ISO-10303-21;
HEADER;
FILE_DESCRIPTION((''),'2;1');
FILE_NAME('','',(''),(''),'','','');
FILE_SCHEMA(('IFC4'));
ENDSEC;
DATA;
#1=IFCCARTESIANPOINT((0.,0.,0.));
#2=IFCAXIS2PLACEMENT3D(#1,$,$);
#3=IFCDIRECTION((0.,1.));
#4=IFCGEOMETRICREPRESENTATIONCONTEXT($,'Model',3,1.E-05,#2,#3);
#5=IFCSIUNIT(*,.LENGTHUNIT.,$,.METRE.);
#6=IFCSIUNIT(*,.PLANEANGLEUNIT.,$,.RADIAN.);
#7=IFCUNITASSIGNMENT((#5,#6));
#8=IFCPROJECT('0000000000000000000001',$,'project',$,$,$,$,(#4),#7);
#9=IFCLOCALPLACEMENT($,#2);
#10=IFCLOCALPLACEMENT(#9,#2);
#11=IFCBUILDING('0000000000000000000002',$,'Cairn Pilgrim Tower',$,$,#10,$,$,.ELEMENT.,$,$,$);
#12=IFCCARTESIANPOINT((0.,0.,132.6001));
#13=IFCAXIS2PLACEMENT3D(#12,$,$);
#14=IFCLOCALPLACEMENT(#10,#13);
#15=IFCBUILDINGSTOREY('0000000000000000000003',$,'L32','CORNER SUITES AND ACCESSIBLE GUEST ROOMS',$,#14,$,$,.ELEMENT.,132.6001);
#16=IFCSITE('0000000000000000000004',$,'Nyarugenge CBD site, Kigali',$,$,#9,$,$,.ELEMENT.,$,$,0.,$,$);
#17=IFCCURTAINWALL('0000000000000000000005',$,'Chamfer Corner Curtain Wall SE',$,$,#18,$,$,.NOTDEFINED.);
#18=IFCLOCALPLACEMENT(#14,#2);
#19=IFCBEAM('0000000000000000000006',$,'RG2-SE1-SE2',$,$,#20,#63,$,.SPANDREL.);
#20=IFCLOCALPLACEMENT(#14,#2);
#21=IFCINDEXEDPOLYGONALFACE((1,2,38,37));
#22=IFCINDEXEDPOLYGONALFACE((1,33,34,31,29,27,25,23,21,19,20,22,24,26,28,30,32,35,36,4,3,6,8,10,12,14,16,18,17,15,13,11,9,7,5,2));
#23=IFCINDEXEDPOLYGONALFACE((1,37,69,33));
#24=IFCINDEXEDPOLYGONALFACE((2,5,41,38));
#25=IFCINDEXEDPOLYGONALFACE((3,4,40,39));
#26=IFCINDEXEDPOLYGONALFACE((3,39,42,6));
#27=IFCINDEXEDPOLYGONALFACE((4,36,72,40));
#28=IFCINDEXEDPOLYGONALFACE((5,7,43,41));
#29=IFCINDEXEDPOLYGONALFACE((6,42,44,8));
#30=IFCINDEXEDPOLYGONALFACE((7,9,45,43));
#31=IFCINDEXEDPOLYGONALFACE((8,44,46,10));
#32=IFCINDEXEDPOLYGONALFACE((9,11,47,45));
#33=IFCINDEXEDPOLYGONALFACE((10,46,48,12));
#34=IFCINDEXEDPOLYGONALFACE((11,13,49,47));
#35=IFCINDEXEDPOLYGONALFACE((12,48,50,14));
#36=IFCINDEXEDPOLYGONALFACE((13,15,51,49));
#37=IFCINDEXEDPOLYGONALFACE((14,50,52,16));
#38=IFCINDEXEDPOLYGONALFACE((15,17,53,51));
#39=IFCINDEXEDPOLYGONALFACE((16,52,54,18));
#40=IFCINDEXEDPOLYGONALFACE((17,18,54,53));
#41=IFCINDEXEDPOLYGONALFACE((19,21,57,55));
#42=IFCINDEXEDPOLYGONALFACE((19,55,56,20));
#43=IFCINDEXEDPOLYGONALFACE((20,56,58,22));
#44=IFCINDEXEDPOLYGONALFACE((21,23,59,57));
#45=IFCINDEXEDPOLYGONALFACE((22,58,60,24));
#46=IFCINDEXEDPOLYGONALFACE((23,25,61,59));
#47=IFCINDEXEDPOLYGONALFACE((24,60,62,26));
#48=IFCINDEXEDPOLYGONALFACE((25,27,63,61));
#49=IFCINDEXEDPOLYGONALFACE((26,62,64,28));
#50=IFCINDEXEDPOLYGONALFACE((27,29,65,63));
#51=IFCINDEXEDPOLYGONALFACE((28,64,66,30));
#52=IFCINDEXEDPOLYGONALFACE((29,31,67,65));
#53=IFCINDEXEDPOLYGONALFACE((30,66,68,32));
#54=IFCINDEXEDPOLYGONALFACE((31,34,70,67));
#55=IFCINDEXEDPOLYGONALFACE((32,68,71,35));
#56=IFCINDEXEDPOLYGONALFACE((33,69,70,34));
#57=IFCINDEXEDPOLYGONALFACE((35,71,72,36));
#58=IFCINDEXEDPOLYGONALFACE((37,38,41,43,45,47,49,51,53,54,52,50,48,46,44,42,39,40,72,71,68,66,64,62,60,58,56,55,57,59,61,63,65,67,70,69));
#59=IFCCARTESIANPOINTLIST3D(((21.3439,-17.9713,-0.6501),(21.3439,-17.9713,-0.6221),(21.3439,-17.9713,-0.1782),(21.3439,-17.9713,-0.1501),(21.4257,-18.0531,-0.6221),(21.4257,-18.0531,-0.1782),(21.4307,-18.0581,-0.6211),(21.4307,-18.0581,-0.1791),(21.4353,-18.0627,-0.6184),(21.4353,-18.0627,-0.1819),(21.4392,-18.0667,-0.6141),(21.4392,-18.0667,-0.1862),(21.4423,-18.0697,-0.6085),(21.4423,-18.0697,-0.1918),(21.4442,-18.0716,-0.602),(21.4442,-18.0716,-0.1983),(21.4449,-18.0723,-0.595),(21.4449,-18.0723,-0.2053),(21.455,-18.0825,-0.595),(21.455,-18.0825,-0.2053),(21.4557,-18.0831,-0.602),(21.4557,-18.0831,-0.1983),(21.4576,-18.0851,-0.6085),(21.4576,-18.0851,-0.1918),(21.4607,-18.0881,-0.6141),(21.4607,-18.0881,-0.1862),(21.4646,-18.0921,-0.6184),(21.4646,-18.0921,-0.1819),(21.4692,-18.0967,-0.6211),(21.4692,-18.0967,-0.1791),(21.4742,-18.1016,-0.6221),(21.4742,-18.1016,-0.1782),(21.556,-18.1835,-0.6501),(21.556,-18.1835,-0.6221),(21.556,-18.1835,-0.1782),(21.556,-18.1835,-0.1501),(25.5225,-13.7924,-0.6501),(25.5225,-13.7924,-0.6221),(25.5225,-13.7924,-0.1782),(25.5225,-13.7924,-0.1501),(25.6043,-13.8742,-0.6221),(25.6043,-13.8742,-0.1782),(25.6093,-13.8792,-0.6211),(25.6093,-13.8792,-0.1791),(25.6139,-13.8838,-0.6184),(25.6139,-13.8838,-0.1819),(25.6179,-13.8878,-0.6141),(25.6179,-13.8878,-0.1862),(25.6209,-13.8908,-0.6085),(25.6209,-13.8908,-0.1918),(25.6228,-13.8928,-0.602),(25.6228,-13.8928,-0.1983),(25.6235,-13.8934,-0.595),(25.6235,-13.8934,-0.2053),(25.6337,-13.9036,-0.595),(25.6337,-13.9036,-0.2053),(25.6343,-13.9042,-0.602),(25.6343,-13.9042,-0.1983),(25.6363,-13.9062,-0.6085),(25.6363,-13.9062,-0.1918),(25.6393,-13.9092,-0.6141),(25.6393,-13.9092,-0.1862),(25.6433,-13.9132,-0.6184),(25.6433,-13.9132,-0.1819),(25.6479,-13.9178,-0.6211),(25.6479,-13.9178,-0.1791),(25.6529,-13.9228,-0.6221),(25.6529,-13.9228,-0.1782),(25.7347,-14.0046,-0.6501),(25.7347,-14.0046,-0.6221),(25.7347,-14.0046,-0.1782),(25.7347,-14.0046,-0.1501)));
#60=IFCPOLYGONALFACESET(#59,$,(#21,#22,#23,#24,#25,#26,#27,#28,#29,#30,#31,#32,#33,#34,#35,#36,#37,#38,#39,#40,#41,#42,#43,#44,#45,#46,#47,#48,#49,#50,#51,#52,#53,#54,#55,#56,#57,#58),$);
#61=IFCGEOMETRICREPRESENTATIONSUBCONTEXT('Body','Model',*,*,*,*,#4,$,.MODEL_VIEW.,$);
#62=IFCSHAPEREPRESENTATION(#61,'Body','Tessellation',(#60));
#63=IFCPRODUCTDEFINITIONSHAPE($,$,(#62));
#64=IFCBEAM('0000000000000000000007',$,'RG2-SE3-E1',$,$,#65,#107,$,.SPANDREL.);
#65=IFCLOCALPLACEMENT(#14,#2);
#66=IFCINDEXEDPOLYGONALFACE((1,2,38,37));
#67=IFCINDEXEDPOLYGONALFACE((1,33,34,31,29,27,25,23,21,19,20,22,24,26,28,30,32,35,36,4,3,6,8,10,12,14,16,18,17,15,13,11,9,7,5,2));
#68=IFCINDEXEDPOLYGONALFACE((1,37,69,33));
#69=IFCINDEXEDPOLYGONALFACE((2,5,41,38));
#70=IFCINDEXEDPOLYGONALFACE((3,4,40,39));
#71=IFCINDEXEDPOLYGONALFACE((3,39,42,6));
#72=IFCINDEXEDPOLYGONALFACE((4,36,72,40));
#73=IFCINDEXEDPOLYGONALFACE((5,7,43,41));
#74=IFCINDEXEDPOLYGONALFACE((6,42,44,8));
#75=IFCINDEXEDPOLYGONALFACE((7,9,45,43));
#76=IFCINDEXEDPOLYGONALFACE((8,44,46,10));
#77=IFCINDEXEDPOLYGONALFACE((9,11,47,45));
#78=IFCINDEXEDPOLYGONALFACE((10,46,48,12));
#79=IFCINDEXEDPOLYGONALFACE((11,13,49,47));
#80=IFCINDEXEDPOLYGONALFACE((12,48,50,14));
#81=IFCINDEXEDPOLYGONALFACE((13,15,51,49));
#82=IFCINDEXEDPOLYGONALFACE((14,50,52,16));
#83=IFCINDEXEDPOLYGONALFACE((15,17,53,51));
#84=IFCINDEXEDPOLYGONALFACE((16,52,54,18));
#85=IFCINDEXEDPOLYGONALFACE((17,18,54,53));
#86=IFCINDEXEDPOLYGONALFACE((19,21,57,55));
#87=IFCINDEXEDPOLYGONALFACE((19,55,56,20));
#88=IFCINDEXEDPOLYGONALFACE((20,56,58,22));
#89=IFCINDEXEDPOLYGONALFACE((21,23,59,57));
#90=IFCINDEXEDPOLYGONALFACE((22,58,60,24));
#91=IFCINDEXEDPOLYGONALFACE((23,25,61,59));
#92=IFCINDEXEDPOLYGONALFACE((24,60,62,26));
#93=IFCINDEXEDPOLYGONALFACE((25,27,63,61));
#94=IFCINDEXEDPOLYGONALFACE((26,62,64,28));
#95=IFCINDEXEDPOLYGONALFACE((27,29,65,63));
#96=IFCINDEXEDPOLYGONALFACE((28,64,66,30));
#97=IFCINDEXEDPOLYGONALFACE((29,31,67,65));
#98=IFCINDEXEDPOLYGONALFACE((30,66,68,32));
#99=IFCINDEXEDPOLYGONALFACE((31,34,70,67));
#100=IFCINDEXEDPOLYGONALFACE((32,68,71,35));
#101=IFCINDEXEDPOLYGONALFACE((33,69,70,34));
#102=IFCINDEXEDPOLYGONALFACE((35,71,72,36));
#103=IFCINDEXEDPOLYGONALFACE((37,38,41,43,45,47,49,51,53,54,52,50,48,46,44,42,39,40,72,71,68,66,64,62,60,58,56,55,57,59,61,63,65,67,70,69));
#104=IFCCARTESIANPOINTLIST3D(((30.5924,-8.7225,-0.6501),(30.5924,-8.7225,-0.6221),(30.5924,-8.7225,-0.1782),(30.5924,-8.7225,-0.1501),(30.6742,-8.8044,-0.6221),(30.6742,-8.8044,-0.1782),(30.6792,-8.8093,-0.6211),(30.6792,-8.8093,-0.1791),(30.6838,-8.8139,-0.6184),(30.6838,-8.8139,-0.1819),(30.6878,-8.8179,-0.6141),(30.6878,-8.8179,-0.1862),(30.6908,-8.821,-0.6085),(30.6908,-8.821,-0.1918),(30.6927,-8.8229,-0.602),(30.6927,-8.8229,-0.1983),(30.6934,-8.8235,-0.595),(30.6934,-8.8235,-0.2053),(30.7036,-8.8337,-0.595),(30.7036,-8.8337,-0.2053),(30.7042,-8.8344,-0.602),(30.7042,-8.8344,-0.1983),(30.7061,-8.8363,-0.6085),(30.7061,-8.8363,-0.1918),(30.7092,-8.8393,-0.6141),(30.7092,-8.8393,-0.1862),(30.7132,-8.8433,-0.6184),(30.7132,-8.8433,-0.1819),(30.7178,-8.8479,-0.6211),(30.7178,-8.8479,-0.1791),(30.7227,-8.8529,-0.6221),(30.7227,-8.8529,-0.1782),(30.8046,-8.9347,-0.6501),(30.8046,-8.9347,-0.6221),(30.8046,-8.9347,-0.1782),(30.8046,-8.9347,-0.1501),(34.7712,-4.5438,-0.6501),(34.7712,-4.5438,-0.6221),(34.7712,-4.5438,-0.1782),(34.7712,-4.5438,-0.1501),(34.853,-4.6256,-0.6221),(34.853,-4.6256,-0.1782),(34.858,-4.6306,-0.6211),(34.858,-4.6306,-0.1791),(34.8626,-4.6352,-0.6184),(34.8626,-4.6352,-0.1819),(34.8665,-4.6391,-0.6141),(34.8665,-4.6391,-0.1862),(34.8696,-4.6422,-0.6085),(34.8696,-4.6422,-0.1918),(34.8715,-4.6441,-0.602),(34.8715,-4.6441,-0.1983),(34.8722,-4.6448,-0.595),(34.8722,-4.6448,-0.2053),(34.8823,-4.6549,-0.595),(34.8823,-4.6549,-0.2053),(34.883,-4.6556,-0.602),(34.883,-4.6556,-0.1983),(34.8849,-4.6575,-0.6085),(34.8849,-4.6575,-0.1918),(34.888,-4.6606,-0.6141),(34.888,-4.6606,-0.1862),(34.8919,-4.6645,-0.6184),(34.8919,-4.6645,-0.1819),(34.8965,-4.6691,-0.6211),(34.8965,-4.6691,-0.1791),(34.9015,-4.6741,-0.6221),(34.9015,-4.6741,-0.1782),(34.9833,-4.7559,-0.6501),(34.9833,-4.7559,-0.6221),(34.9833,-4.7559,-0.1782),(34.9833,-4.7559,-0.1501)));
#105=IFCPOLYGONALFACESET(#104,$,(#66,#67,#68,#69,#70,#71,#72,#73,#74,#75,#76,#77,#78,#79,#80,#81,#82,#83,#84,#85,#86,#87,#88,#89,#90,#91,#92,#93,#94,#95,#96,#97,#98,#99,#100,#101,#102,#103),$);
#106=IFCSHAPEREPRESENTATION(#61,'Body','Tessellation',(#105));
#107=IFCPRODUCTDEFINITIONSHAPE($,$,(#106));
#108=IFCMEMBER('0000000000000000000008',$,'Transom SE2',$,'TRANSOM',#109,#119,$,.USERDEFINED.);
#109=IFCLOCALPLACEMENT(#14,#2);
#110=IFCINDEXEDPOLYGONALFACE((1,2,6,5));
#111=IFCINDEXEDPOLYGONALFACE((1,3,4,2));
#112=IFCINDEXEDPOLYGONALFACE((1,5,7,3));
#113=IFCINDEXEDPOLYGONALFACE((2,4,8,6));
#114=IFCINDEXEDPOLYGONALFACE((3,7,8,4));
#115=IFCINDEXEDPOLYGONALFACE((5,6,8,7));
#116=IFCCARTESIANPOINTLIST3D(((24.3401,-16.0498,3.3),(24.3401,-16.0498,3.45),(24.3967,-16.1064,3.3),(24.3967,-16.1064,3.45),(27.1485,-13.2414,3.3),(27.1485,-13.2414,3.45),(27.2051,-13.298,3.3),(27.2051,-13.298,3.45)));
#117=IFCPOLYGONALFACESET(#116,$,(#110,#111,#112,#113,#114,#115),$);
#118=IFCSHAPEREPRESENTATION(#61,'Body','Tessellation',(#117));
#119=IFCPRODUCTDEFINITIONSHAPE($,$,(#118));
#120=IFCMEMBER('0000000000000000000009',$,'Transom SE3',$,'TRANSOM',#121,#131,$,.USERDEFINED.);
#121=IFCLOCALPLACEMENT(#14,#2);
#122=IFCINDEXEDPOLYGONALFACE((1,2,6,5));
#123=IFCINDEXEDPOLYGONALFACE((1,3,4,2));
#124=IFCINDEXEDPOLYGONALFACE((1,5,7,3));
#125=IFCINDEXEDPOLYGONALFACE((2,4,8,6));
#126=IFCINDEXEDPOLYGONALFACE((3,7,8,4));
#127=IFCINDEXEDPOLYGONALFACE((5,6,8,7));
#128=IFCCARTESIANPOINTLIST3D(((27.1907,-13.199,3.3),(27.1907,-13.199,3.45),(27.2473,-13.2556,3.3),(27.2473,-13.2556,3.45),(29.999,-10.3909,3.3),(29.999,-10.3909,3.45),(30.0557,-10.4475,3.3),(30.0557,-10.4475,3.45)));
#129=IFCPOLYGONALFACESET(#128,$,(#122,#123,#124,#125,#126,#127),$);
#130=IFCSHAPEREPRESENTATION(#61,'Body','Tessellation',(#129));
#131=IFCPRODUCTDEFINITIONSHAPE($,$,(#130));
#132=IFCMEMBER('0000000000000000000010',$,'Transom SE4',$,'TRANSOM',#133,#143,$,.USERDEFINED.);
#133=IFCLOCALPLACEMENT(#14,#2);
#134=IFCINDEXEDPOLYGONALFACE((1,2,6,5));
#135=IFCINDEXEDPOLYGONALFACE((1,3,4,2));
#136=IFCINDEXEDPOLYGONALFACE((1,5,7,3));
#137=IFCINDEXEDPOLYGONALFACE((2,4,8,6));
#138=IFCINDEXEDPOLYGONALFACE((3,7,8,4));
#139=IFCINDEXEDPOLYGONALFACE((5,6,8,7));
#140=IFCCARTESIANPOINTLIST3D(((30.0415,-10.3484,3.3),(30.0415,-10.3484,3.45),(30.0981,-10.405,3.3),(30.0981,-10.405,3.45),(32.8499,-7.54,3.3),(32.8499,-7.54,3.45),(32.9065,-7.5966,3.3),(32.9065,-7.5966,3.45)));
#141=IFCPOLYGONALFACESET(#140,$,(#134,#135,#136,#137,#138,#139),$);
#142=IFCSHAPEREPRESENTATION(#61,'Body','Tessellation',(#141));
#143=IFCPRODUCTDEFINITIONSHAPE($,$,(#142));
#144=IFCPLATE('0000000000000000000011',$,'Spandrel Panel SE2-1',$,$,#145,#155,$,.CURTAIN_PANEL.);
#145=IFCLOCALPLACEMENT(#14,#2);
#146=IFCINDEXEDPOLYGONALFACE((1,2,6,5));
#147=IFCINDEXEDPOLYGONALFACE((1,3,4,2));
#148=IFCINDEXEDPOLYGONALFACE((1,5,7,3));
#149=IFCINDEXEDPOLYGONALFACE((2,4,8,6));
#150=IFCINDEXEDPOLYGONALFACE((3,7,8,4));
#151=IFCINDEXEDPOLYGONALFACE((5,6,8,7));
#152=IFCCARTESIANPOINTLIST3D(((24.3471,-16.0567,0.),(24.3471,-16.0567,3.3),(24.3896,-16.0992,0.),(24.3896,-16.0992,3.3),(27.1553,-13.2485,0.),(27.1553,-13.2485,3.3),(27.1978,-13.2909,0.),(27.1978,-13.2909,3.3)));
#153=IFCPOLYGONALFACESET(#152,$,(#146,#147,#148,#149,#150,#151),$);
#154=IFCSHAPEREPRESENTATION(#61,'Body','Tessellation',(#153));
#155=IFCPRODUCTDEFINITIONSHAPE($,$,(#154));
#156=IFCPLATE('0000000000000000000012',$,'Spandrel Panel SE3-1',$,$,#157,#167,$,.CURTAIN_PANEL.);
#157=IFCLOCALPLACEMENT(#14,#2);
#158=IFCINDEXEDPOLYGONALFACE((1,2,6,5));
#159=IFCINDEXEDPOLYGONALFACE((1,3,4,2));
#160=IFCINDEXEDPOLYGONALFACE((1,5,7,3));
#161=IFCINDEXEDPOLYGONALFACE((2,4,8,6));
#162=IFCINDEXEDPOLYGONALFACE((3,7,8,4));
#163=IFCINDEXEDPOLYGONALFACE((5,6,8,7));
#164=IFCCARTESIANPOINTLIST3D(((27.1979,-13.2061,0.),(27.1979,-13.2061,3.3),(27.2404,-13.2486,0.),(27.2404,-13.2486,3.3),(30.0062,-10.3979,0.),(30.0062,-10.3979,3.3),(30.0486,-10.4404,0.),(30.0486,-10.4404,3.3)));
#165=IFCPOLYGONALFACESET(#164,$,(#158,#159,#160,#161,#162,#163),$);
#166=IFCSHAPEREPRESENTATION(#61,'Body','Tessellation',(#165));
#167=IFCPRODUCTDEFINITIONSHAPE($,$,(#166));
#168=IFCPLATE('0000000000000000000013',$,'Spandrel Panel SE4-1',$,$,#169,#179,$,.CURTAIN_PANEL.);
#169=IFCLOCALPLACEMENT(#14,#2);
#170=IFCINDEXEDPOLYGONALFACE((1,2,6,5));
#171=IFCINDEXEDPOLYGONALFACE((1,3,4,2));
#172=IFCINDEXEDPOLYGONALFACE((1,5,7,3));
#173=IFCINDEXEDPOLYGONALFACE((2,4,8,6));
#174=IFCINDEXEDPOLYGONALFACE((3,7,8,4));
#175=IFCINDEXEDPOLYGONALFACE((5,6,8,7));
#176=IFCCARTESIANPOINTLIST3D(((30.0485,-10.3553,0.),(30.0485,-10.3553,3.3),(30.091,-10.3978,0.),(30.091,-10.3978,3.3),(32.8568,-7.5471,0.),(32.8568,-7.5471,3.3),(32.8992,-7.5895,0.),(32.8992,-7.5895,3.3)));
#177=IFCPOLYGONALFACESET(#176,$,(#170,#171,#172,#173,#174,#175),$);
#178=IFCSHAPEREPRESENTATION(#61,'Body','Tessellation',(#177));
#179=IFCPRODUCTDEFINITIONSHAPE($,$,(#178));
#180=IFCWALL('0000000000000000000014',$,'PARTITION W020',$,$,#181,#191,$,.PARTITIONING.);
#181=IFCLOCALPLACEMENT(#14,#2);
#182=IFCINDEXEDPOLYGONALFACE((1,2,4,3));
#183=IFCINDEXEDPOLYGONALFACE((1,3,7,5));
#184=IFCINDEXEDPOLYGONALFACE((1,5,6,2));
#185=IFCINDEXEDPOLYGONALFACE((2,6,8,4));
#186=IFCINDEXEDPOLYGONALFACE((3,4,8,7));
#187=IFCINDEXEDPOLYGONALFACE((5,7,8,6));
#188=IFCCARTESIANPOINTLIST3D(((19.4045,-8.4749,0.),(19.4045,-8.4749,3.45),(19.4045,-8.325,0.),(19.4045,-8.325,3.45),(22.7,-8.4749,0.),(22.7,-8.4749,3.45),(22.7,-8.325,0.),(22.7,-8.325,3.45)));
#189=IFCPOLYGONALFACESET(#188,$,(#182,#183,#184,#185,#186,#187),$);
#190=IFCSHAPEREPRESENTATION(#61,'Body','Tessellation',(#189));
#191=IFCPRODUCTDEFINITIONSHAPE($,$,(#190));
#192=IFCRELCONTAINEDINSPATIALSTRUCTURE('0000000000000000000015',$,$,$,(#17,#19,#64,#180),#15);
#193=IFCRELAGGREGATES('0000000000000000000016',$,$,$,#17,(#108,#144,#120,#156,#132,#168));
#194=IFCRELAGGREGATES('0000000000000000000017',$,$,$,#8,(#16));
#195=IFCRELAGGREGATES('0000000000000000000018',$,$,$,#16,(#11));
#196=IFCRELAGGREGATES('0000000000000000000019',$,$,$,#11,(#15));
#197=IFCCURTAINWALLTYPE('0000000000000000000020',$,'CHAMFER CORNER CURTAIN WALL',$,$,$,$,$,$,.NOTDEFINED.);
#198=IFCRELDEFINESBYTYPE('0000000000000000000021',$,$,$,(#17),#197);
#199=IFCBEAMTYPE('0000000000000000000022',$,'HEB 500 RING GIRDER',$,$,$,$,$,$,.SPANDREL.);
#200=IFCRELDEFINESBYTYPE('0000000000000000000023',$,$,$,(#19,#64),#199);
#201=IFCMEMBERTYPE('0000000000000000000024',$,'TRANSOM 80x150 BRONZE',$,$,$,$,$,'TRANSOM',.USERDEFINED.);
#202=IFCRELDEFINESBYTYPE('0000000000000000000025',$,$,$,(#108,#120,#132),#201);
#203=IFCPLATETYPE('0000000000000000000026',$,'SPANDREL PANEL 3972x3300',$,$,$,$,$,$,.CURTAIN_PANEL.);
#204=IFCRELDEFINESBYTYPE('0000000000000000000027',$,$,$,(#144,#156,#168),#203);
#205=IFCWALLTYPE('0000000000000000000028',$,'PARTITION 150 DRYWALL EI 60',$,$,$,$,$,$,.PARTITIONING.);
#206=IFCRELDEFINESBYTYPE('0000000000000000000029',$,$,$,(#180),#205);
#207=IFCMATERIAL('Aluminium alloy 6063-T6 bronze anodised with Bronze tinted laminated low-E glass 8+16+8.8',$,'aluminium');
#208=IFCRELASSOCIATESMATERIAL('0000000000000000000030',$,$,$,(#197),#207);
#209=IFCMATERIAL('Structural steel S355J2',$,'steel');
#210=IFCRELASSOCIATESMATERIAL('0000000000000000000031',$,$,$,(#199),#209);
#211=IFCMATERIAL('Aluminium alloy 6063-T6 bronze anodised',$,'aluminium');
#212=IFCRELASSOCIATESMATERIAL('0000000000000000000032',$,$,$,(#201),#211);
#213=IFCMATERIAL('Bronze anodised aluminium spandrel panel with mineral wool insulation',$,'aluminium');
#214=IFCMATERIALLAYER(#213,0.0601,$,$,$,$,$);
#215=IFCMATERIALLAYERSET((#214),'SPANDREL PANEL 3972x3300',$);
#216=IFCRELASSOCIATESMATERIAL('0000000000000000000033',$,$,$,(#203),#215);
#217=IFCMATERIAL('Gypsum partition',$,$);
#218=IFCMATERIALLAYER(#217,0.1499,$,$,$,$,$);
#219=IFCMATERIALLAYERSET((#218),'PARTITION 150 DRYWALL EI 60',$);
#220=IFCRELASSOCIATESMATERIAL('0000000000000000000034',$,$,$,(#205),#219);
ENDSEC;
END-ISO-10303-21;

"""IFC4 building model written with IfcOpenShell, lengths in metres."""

from ifc_helpers import new_model, si_unit, direction, frame, frame_2d, origin, origin_2d, place, context, subcontext, project, spatial, rectangle, i_section, extrude, material, layer, layer_set, material_profile, profile_set, type_object, element, aggregate, save


model = new_model("IFC4")

# Units and contexts
model_context = context("Model", 3, precision=1e-05, world=origin(), true_north=direction((0.0, 1.0)))
body_context = subcontext(model_context, "Body", "Model", "MODEL_VIEW")
ifc_project = project(units=[si_unit("LENGTHUNIT", "METRE"), si_unit("PLANEANGLEUNIT", "RADIAN")], contexts=[model_context])

# Site, building, storey
site_placement = place(None, origin())
site = spatial("IfcSite", under=ifc_project, at=site_placement, Name="Nyarugenge CBD site, Kigali", CompositionType="ELEMENT", RefElevation=0.0)
building_placement = place(site_placement, origin())
building = spatial("IfcBuilding", under=site, at=building_placement, Name="Cairn Pilgrim Tower", CompositionType="ELEMENT")
storey_placement = place(building_placement, frame((0.0, 0.0, 132.6001)))
storey = spatial("IfcBuildingStorey", under=building, at=storey_placement, Name="L32", Description="CORNER SUITES AND ACCESSIBLE GUEST ROOMS", CompositionType="ELEMENT", Elevation=132.6001)

# Shared definitions
ifc_material_1 = material(Name="Structural steel S355J2", Category="steel")

# Curtain wall
ifc_material_2 = material(Name="Aluminium alloy 6063-T6 bronze anodised with Bronze tinted laminated low-E glass 8+16+8.8", Category="aluminium")
curtain_wall_type = type_object("IfcCurtainWallType", Name="CHAMFER CORNER CURTAIN WALL", PredefinedType="NOTDEFINED", material=ifc_material_2)
curtain_wall_placement = place(storey_placement, origin())
curtain_wall = element("IfcCurtainWall", 1, at=curtain_wall_placement, inside=storey, type_object=curtain_wall_type, Name="Chamfer Corner Curtain Wall SE", PredefinedType="NOTDEFINED")
ifc_material_3 = material(Name="Aluminium alloy 6063-T6 bronze anodised", Category="aluminium")

# Beams
ifc_material_profile_1 = material_profile(ifc_material_1, i_section(OverallWidth=0.3, OverallDepth=0.5, WebThickness=0.0144, FlangeThickness=0.0281, FilletRadius=0.0271, at=origin_2d()), Name="HEB 500")
ifc_profile_set_1 = profile_set([ifc_material_profile_1], Name="Structural steel S355J2")
beam_type_1 = type_object("IfcBeamType", Name="HEB 500 RING GIRDER", PredefinedType="SPANDREL", material=ifc_profile_set_1)
for number, where, z_axis, x_axis, name in (
    (2, (21.45, -18.0774, -0.4001), (0.707086, 0.707127, 0.0), (-0.707127, 0.707086, 0.0), "RG2-SE1-SE2"),
    (3, (30.6985, -8.8286, -0.4001), (0.707107, 0.707107, 0.0), (-0.707107, 0.707107, 0.0), "RG2-SE3-E1"),
):
    element("IfcBeam", number, at=place(storey_placement, frame(where, z_axis=z_axis, x_axis=x_axis)), inside=storey, type_object=beam_type_1, Name=name, PredefinedType="SPANDREL", context=body_context, shape_type="SweptSolid", body=[
        extrude(i_section(OverallWidth=0.3, OverallDepth=0.5, WebThickness=0.0144, FlangeThickness=0.0281, FilletRadius=0.0271, at=origin_2d()), origin(), (0.0, 0.0, 1.0), 5.9097),
    ])

# Members
ifc_material_profile_2 = material_profile(ifc_material_3, rectangle(XDim=0.0801, YDim=0.1499, at=origin_2d()), Name="TRANSOM 80x150 BRONZE")
ifc_profile_set_2 = profile_set([ifc_material_profile_2], Name="Aluminium alloy 6063-T6 bronze anodised")
member_type_1 = type_object("IfcMemberType", Name="TRANSOM 80x150 BRONZE", ElementType="TRANSOM", PredefinedType="USERDEFINED", material=ifc_profile_set_2)
member_1_placement = place(storey_placement, frame((24.3684, -16.0781, 3.375), z_axis=(0.707107, 0.707107, 0.0), x_axis=(-0.707107, 0.707107, 0.0)))
member_1 = element("IfcMember", 4, at=member_1_placement, type_object=member_type_1, Name="Transom SE2", ObjectType="TRANSOM", PredefinedType="USERDEFINED", context=body_context, shape_type="SweptSolid", body=[
    extrude(rectangle(XDim=0.0801, YDim=0.1499, at=origin_2d()), origin(), (0.0, 0.0, 1.0), 3.9717),
])
member_2_placement = place(storey_placement, frame((27.219, -13.2273, 3.375), z_axis=(0.707138, 0.707076, 0.0), x_axis=(-0.707076, 0.707138, 0.0)))
member_2 = element("IfcMember", 5, at=member_2_placement, type_object=member_type_1, Name="Transom SE3", ObjectType="TRANSOM", PredefinedType="USERDEFINED", context=body_context, shape_type="SweptSolid", body=[
    extrude(rectangle(XDim=0.0801, YDim=0.1499, at=origin_2d()), origin(), (0.0, 0.0, 1.0), 3.9714),
])
member_3_placement = place(storey_placement, frame((30.0698, -10.3767, 3.375), z_axis=(0.707107, 0.707107, 0.0), x_axis=(-0.707107, 0.707107, 0.0)))
member_3 = element("IfcMember", 6, at=member_3_placement, type_object=member_type_1, Name="Transom SE4", ObjectType="TRANSOM", PredefinedType="USERDEFINED", context=body_context, shape_type="SweptSolid", body=[
    extrude(rectangle(XDim=0.0801, YDim=0.1499, at=origin_2d()), origin(), (0.0, 0.0, 1.0), 3.9717),
])

# Plates
ifc_material_4 = material(Name="Bronze anodised aluminium spandrel panel with mineral wool insulation", Category="aluminium")
ifc_layer_1 = layer(ifc_material_4, 0.0601)
ifc_layer_set_1 = layer_set([ifc_layer_1], Name="SPANDREL PANEL 3972x3300")
plate_type = type_object("IfcPlateType", Name="SPANDREL PANEL 3972x3300", PredefinedType="CURTAIN_PANEL", material=ifc_layer_set_1)
plate_1_placement = place(storey_placement, frame((25.7725, -14.6738, 0.0), z_axis=(0.0, 0.0, 1.0), x_axis=(0.707107, 0.707107, 0.0)))
plate_1 = element("IfcPlate", 7, at=plate_1_placement, type_object=plate_type, Name="Spandrel Panel SE2-1", PredefinedType="CURTAIN_PANEL", context=body_context, shape_type="SweptSolid", body=[
    extrude(rectangle(XDim=3.9714, YDim=0.0601, at=origin_2d()), origin(), (0.0, 0.0, 1.0), 3.3),
])
plate_2_placement = place(storey_placement, frame((28.6233, -11.8232, 0.0), z_axis=(0.0, 0.0, 1.0), x_axis=(0.707107, 0.707107, 0.0)))
plate_2 = element("IfcPlate", 8, at=plate_2_placement, type_object=plate_type, Name="Spandrel Panel SE3-1", PredefinedType="CURTAIN_PANEL", context=body_context, shape_type="SweptSolid", body=[
    extrude(rectangle(XDim=3.9714, YDim=0.0601, at=origin_2d()), origin(), (0.0, 0.0, 1.0), 3.3),
])
plate_3_placement = place(storey_placement, frame((31.4739, -8.9724, 0.0), z_axis=(0.0, 0.0, 1.0), x_axis=(0.707107, 0.707107, 0.0)))
plate_3 = element("IfcPlate", 9, at=plate_3_placement, type_object=plate_type, Name="Spandrel Panel SE4-1", PredefinedType="CURTAIN_PANEL", context=body_context, shape_type="SweptSolid", body=[
    extrude(rectangle(XDim=3.9714, YDim=0.0601, at=origin_2d()), origin(), (0.0, 0.0, 1.0), 3.3),
])
aggregate(curtain_wall, [member_1, plate_1, member_2, plate_2, member_3, plate_3])

# Wall
ifc_material_5 = material(Name="Gypsum partition")
ifc_layer_2 = layer(ifc_material_5, 0.1499)
ifc_layer_set_2 = layer_set([ifc_layer_2], Name="PARTITION 150 DRYWALL EI 60")
wall_type_1 = type_object("IfcWallType", Name="PARTITION 150 DRYWALL EI 60", PredefinedType="PARTITIONING", material=ifc_layer_set_2)
wall_1_placement = place(storey_placement, frame((19.4045, -8.3999, 0.0), z_axis=(0.0, 0.0, 1.0), x_axis=(1.0, 0.0, 0.0)))
element("IfcWall", 10, at=wall_1_placement, inside=storey, type_object=wall_type_1, Name="PARTITION W020", PredefinedType="PARTITIONING", context=body_context, shape_type="SweptSolid", body=[
    extrude(rectangle(XDim=3.2954, YDim=0.1499, at=frame_2d((1.6477, 0.0))), origin(), (0.0, 0.0, 1.0), 3.45),
])

save(model, "model.ifc")
